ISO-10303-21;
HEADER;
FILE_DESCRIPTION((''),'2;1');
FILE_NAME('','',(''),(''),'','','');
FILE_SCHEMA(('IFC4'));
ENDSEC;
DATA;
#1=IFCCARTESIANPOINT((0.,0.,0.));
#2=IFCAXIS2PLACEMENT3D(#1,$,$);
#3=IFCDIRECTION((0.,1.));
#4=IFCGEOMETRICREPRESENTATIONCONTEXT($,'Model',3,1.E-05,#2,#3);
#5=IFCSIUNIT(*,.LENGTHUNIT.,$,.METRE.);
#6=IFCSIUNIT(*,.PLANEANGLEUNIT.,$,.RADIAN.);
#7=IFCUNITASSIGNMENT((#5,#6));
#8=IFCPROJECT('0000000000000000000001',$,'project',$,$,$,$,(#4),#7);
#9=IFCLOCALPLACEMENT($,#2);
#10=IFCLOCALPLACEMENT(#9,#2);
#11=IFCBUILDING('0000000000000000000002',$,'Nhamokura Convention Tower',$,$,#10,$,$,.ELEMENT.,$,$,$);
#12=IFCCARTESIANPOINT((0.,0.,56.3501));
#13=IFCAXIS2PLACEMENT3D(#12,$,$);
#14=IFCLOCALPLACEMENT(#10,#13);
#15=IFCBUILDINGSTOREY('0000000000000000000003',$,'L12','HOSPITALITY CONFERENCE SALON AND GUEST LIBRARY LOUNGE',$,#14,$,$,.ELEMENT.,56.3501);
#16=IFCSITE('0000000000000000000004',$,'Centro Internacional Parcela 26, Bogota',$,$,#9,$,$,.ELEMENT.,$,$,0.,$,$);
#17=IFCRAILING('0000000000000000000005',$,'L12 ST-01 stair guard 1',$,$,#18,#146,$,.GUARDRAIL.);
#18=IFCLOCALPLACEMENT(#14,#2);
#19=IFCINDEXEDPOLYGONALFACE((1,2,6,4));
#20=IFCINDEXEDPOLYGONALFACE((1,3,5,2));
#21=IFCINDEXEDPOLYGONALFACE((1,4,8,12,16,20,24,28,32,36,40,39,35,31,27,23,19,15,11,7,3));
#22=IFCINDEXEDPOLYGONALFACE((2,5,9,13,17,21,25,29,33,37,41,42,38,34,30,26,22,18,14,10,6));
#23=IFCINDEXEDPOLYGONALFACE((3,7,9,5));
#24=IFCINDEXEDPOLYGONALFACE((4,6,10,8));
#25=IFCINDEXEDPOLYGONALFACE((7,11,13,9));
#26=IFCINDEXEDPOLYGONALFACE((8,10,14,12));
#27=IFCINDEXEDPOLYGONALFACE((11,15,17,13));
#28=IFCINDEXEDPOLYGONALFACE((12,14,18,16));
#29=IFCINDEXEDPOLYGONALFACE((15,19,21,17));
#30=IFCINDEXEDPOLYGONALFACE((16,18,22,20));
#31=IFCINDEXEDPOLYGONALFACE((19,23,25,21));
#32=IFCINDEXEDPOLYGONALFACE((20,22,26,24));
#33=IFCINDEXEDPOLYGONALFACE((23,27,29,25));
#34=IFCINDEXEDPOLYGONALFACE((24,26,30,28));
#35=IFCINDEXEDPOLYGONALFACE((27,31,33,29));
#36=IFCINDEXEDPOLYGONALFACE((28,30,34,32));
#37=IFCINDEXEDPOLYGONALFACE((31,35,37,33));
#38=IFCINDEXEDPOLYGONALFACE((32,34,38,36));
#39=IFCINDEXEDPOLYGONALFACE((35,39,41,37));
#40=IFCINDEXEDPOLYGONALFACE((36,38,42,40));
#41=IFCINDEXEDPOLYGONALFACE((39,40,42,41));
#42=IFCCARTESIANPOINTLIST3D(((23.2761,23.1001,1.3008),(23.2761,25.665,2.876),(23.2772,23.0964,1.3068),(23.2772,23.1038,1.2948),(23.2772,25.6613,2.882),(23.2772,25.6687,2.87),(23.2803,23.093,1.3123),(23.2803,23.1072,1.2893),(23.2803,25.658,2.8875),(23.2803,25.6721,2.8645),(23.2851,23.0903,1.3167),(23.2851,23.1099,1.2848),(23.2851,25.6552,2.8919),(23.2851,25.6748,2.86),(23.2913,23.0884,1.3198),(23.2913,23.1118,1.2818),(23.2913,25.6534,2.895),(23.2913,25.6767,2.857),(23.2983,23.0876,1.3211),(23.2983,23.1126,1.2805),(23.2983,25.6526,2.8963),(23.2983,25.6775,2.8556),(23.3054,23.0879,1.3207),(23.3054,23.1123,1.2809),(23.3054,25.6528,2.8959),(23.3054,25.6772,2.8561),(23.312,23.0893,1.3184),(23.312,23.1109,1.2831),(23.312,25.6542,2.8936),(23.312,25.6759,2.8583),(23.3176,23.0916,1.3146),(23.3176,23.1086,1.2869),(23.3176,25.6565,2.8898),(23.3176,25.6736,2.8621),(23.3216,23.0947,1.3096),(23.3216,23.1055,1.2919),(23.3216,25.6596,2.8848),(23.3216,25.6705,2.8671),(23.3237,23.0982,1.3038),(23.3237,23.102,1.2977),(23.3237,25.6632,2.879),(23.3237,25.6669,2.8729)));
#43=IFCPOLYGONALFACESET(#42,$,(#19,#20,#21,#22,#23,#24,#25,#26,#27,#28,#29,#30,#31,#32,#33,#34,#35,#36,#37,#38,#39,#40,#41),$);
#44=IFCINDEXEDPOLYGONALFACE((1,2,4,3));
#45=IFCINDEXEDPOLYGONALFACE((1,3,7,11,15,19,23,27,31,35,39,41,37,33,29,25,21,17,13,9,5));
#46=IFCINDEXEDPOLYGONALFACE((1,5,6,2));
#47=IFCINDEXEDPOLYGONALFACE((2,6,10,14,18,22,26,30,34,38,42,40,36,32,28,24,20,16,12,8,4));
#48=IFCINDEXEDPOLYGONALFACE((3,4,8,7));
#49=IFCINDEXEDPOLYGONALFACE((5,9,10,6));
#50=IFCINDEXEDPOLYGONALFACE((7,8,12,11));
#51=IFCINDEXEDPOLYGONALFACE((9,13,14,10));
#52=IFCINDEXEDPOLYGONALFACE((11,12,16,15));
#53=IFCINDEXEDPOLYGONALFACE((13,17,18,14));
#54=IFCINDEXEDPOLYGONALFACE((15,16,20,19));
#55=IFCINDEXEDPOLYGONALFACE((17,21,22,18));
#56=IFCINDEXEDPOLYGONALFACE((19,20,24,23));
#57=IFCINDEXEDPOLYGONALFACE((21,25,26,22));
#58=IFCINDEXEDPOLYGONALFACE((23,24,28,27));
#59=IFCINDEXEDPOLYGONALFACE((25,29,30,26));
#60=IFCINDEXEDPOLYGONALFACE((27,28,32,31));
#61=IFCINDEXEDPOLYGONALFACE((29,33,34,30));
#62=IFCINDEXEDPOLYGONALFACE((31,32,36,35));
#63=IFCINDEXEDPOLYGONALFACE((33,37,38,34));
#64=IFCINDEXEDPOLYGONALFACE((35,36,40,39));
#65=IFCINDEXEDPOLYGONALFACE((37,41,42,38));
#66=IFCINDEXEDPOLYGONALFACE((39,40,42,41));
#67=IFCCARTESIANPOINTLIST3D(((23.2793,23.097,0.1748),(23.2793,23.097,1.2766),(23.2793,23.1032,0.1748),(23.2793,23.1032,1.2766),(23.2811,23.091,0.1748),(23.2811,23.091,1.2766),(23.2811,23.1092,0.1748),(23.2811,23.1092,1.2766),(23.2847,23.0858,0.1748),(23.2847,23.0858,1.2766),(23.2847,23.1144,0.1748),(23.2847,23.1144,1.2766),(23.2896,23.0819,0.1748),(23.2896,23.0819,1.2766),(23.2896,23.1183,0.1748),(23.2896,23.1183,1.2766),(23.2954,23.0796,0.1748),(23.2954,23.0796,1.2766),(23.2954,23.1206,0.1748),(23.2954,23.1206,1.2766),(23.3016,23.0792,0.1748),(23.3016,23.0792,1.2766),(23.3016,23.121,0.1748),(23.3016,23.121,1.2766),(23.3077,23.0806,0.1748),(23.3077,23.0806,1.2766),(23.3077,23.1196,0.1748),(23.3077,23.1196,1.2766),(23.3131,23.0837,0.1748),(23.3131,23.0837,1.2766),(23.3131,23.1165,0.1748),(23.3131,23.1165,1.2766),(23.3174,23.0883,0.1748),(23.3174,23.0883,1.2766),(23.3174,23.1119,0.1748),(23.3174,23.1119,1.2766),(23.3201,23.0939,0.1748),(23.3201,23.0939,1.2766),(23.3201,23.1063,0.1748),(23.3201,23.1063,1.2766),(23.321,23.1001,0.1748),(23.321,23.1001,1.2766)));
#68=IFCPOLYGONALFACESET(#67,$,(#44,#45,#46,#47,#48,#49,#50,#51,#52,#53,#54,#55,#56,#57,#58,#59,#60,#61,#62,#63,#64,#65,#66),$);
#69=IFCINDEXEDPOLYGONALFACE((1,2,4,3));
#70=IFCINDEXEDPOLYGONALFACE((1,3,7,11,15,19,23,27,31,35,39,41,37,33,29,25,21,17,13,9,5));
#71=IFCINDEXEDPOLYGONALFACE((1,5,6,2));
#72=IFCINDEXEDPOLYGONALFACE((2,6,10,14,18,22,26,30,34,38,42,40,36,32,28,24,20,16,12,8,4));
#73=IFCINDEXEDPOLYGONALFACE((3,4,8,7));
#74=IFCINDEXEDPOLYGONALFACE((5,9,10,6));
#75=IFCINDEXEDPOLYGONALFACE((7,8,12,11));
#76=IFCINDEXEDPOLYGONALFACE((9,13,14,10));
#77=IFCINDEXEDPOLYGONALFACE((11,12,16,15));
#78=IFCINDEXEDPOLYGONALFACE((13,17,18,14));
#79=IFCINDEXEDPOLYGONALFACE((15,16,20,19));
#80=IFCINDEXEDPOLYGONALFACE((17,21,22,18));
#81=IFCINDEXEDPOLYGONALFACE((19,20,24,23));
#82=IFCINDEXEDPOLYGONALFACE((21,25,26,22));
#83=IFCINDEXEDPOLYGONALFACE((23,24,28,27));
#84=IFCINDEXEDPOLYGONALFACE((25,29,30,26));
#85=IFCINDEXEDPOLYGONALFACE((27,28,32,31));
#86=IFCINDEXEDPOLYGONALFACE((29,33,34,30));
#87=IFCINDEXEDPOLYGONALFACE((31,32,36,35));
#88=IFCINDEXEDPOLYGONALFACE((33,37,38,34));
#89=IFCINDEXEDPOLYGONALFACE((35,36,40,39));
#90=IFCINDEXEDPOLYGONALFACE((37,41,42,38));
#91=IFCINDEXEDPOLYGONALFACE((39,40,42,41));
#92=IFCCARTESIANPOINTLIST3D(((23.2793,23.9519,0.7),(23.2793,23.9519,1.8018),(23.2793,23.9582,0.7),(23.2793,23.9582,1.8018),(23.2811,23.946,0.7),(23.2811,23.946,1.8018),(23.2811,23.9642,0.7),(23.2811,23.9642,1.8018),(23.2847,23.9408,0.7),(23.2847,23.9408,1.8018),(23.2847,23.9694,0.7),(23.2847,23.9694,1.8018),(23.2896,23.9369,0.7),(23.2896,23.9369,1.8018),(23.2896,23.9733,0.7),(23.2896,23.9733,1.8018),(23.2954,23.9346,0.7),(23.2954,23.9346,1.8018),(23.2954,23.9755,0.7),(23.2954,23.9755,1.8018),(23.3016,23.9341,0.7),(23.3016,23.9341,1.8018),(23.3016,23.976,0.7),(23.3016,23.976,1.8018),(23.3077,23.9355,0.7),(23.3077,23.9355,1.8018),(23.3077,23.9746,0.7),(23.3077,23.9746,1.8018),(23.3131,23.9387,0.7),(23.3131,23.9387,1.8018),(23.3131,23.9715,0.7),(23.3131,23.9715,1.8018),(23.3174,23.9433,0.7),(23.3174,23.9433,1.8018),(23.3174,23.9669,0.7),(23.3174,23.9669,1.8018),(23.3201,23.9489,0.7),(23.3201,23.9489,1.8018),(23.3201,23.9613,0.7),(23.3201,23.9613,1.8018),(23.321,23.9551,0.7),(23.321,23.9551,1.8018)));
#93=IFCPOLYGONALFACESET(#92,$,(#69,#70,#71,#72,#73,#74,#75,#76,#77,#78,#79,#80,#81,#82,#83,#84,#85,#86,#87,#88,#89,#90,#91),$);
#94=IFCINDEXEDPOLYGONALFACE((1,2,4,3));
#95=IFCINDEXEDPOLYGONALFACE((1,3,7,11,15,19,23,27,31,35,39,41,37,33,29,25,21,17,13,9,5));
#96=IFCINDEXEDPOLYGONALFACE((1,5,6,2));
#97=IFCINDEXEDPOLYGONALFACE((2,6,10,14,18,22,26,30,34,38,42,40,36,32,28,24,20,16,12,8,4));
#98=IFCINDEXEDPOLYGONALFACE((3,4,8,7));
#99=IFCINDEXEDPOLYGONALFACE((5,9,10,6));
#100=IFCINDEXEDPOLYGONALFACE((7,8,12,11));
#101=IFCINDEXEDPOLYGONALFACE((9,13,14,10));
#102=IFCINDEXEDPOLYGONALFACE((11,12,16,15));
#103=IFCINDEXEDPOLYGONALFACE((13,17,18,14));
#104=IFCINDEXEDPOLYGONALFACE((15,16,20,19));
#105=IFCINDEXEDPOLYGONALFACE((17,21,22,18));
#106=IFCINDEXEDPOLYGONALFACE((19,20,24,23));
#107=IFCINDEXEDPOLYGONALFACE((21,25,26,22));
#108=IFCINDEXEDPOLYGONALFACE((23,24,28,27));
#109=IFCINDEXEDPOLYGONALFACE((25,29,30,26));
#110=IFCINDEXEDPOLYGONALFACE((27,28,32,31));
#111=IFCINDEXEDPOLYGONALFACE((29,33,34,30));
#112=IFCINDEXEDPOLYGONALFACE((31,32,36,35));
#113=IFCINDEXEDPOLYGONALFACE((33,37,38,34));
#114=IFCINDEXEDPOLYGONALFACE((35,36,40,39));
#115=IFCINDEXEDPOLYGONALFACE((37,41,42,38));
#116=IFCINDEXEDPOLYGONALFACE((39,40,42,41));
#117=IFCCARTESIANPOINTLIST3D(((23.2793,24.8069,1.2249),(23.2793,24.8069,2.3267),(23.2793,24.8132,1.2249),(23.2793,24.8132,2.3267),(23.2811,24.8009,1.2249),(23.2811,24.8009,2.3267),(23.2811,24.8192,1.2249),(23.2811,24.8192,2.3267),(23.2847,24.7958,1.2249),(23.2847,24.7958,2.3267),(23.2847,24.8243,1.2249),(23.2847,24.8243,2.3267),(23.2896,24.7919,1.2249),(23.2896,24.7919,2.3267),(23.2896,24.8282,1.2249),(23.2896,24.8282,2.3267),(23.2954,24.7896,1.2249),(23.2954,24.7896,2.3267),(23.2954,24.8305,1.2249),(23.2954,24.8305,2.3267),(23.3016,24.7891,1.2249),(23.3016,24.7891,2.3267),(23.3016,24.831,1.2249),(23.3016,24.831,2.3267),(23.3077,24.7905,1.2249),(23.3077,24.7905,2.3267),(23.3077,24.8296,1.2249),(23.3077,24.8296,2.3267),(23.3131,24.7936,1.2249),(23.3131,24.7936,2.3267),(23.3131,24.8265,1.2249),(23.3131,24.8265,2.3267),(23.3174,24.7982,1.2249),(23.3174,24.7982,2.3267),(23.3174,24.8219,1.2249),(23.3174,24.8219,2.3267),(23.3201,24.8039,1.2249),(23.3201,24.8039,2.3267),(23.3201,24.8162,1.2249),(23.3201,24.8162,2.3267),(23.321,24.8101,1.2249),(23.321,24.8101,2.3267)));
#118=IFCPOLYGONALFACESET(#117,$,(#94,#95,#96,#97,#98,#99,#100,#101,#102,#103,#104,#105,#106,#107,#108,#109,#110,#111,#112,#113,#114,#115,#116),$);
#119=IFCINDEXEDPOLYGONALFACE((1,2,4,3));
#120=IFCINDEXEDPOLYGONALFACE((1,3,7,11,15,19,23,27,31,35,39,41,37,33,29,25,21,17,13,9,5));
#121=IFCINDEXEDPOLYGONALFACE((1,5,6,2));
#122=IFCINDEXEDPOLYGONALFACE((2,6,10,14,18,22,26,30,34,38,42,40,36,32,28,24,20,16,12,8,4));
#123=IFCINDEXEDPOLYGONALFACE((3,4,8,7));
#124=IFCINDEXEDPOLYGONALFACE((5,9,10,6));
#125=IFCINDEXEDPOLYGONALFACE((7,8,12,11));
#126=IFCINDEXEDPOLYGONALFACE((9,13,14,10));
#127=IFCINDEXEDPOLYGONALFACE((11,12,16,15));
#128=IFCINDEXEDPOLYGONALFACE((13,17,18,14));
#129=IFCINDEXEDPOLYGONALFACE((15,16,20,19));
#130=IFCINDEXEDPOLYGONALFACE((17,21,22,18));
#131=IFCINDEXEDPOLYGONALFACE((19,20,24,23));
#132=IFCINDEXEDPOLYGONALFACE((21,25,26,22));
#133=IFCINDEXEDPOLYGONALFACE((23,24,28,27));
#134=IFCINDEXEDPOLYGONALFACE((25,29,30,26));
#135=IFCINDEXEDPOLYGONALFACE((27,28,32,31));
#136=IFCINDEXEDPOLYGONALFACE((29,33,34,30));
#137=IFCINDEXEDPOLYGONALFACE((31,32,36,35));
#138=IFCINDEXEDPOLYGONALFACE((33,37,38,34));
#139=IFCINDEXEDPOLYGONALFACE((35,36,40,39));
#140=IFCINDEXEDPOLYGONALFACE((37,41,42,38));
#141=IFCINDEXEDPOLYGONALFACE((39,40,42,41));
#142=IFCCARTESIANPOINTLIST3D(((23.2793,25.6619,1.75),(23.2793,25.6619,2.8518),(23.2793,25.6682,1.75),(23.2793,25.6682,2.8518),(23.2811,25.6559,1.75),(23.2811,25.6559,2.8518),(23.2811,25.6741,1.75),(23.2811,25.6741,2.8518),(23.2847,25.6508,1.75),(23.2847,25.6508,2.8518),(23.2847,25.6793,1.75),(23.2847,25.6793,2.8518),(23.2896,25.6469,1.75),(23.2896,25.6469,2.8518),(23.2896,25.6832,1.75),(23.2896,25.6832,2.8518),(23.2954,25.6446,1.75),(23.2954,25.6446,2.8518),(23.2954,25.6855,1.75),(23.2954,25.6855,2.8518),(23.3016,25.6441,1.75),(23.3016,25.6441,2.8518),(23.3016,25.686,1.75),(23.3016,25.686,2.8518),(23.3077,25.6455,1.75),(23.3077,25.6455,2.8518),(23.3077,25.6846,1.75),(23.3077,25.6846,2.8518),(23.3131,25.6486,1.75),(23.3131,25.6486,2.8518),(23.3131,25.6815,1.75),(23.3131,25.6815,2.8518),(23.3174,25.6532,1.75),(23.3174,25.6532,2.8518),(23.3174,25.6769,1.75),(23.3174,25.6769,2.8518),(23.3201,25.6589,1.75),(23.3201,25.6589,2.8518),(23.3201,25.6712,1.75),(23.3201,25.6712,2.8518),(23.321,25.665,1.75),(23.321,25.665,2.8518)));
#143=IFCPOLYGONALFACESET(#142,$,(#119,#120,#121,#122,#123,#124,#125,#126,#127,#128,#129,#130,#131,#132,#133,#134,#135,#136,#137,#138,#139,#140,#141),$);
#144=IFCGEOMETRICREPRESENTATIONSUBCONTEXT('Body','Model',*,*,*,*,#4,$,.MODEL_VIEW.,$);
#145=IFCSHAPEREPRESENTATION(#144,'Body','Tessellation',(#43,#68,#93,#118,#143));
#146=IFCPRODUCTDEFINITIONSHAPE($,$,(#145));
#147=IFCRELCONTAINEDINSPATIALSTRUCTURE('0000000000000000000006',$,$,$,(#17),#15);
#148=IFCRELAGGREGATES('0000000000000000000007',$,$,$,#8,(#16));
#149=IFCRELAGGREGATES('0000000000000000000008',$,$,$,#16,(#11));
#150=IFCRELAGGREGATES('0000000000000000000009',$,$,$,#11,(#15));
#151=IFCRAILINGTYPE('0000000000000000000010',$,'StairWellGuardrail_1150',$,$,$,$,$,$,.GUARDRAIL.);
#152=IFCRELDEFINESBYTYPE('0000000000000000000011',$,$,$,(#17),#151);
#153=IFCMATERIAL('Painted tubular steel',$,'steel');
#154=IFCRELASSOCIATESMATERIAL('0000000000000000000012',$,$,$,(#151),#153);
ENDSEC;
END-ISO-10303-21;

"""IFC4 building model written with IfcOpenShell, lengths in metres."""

from ifc_helpers import new_model, si_unit, direction, frame, origin, origin_2d, place, context, subcontext, project, spatial, circle, extrude, material, type_object, element, save


model = new_model("IFC4")

# Units and contexts
model_context = context("Model", 3, precision=1e-05, world=origin(), true_north=direction((0.0, 1.0)))
body_context = subcontext(model_context, "Body", "Model", "MODEL_VIEW")
ifc_project = project(units=[si_unit("LENGTHUNIT", "METRE"), si_unit("PLANEANGLEUNIT", "RADIAN")], contexts=[model_context])

# Site, building, storey
site_placement = place(None, origin())
site = spatial("IfcSite", under=ifc_project, at=site_placement, Name="Centro Internacional Parcela 26, Bogota", CompositionType="ELEMENT", RefElevation=0.0)
building_placement = place(site_placement, origin())
building = spatial("IfcBuilding", under=site, at=building_placement, Name="Nhamokura Convention Tower", CompositionType="ELEMENT")
storey_placement = place(building_placement, frame((0.0, 0.0, 56.3501)))
storey = spatial("IfcBuildingStorey", under=building, at=storey_placement, Name="L12", Description="HOSPITALITY CONFERENCE SALON AND GUEST LIBRARY LOUNGE", CompositionType="ELEMENT", Elevation=56.3501)

# Railing
ifc_material_1 = material(Name="Painted tubular steel", Category="steel")
railing_type_1 = type_object("IfcRailingType", Name="StairWellGuardrail_1150", PredefinedType="GUARDRAIL", material=ifc_material_1)
railing_1_placement = place(storey_placement, frame((23.3, 23.1001, 0.1748)))
element("IfcRailing", 1, at=railing_1_placement, inside=storey, type_object=railing_type_1, Name="L12 ST-01 stair guard 1", PredefinedType="GUARDRAIL", context=body_context, shape_type="SweptSolid", body=[
    extrude(circle(Radius=0.0239, at=origin_2d()), frame((0.0, 0.0, 1.126), z_axis=(0.0, 0.852137, 0.523319), x_axis=(-1.0, 0.0, 0.0)), (0.0, 0.0, 1.0), 3.01),
    extrude(circle(Radius=0.021, at=origin_2d()), origin(), (0.0, 0.0, 1.0), 1.1018),
    extrude(circle(Radius=0.021, at=origin_2d()), frame((0.0, 0.855, 0.5251)), (0.0, 0.0, 1.0), 1.1018),
    extrude(circle(Radius=0.021, at=origin_2d()), frame((0.0, 1.71, 1.05)), (0.0, 0.0, 1.0), 1.1018),
    extrude(circle(Radius=0.021, at=origin_2d()), frame((0.0, 2.5649, 1.5752)), (0.0, 0.0, 1.0), 1.1018),
])

save(model, "model.ifc")
